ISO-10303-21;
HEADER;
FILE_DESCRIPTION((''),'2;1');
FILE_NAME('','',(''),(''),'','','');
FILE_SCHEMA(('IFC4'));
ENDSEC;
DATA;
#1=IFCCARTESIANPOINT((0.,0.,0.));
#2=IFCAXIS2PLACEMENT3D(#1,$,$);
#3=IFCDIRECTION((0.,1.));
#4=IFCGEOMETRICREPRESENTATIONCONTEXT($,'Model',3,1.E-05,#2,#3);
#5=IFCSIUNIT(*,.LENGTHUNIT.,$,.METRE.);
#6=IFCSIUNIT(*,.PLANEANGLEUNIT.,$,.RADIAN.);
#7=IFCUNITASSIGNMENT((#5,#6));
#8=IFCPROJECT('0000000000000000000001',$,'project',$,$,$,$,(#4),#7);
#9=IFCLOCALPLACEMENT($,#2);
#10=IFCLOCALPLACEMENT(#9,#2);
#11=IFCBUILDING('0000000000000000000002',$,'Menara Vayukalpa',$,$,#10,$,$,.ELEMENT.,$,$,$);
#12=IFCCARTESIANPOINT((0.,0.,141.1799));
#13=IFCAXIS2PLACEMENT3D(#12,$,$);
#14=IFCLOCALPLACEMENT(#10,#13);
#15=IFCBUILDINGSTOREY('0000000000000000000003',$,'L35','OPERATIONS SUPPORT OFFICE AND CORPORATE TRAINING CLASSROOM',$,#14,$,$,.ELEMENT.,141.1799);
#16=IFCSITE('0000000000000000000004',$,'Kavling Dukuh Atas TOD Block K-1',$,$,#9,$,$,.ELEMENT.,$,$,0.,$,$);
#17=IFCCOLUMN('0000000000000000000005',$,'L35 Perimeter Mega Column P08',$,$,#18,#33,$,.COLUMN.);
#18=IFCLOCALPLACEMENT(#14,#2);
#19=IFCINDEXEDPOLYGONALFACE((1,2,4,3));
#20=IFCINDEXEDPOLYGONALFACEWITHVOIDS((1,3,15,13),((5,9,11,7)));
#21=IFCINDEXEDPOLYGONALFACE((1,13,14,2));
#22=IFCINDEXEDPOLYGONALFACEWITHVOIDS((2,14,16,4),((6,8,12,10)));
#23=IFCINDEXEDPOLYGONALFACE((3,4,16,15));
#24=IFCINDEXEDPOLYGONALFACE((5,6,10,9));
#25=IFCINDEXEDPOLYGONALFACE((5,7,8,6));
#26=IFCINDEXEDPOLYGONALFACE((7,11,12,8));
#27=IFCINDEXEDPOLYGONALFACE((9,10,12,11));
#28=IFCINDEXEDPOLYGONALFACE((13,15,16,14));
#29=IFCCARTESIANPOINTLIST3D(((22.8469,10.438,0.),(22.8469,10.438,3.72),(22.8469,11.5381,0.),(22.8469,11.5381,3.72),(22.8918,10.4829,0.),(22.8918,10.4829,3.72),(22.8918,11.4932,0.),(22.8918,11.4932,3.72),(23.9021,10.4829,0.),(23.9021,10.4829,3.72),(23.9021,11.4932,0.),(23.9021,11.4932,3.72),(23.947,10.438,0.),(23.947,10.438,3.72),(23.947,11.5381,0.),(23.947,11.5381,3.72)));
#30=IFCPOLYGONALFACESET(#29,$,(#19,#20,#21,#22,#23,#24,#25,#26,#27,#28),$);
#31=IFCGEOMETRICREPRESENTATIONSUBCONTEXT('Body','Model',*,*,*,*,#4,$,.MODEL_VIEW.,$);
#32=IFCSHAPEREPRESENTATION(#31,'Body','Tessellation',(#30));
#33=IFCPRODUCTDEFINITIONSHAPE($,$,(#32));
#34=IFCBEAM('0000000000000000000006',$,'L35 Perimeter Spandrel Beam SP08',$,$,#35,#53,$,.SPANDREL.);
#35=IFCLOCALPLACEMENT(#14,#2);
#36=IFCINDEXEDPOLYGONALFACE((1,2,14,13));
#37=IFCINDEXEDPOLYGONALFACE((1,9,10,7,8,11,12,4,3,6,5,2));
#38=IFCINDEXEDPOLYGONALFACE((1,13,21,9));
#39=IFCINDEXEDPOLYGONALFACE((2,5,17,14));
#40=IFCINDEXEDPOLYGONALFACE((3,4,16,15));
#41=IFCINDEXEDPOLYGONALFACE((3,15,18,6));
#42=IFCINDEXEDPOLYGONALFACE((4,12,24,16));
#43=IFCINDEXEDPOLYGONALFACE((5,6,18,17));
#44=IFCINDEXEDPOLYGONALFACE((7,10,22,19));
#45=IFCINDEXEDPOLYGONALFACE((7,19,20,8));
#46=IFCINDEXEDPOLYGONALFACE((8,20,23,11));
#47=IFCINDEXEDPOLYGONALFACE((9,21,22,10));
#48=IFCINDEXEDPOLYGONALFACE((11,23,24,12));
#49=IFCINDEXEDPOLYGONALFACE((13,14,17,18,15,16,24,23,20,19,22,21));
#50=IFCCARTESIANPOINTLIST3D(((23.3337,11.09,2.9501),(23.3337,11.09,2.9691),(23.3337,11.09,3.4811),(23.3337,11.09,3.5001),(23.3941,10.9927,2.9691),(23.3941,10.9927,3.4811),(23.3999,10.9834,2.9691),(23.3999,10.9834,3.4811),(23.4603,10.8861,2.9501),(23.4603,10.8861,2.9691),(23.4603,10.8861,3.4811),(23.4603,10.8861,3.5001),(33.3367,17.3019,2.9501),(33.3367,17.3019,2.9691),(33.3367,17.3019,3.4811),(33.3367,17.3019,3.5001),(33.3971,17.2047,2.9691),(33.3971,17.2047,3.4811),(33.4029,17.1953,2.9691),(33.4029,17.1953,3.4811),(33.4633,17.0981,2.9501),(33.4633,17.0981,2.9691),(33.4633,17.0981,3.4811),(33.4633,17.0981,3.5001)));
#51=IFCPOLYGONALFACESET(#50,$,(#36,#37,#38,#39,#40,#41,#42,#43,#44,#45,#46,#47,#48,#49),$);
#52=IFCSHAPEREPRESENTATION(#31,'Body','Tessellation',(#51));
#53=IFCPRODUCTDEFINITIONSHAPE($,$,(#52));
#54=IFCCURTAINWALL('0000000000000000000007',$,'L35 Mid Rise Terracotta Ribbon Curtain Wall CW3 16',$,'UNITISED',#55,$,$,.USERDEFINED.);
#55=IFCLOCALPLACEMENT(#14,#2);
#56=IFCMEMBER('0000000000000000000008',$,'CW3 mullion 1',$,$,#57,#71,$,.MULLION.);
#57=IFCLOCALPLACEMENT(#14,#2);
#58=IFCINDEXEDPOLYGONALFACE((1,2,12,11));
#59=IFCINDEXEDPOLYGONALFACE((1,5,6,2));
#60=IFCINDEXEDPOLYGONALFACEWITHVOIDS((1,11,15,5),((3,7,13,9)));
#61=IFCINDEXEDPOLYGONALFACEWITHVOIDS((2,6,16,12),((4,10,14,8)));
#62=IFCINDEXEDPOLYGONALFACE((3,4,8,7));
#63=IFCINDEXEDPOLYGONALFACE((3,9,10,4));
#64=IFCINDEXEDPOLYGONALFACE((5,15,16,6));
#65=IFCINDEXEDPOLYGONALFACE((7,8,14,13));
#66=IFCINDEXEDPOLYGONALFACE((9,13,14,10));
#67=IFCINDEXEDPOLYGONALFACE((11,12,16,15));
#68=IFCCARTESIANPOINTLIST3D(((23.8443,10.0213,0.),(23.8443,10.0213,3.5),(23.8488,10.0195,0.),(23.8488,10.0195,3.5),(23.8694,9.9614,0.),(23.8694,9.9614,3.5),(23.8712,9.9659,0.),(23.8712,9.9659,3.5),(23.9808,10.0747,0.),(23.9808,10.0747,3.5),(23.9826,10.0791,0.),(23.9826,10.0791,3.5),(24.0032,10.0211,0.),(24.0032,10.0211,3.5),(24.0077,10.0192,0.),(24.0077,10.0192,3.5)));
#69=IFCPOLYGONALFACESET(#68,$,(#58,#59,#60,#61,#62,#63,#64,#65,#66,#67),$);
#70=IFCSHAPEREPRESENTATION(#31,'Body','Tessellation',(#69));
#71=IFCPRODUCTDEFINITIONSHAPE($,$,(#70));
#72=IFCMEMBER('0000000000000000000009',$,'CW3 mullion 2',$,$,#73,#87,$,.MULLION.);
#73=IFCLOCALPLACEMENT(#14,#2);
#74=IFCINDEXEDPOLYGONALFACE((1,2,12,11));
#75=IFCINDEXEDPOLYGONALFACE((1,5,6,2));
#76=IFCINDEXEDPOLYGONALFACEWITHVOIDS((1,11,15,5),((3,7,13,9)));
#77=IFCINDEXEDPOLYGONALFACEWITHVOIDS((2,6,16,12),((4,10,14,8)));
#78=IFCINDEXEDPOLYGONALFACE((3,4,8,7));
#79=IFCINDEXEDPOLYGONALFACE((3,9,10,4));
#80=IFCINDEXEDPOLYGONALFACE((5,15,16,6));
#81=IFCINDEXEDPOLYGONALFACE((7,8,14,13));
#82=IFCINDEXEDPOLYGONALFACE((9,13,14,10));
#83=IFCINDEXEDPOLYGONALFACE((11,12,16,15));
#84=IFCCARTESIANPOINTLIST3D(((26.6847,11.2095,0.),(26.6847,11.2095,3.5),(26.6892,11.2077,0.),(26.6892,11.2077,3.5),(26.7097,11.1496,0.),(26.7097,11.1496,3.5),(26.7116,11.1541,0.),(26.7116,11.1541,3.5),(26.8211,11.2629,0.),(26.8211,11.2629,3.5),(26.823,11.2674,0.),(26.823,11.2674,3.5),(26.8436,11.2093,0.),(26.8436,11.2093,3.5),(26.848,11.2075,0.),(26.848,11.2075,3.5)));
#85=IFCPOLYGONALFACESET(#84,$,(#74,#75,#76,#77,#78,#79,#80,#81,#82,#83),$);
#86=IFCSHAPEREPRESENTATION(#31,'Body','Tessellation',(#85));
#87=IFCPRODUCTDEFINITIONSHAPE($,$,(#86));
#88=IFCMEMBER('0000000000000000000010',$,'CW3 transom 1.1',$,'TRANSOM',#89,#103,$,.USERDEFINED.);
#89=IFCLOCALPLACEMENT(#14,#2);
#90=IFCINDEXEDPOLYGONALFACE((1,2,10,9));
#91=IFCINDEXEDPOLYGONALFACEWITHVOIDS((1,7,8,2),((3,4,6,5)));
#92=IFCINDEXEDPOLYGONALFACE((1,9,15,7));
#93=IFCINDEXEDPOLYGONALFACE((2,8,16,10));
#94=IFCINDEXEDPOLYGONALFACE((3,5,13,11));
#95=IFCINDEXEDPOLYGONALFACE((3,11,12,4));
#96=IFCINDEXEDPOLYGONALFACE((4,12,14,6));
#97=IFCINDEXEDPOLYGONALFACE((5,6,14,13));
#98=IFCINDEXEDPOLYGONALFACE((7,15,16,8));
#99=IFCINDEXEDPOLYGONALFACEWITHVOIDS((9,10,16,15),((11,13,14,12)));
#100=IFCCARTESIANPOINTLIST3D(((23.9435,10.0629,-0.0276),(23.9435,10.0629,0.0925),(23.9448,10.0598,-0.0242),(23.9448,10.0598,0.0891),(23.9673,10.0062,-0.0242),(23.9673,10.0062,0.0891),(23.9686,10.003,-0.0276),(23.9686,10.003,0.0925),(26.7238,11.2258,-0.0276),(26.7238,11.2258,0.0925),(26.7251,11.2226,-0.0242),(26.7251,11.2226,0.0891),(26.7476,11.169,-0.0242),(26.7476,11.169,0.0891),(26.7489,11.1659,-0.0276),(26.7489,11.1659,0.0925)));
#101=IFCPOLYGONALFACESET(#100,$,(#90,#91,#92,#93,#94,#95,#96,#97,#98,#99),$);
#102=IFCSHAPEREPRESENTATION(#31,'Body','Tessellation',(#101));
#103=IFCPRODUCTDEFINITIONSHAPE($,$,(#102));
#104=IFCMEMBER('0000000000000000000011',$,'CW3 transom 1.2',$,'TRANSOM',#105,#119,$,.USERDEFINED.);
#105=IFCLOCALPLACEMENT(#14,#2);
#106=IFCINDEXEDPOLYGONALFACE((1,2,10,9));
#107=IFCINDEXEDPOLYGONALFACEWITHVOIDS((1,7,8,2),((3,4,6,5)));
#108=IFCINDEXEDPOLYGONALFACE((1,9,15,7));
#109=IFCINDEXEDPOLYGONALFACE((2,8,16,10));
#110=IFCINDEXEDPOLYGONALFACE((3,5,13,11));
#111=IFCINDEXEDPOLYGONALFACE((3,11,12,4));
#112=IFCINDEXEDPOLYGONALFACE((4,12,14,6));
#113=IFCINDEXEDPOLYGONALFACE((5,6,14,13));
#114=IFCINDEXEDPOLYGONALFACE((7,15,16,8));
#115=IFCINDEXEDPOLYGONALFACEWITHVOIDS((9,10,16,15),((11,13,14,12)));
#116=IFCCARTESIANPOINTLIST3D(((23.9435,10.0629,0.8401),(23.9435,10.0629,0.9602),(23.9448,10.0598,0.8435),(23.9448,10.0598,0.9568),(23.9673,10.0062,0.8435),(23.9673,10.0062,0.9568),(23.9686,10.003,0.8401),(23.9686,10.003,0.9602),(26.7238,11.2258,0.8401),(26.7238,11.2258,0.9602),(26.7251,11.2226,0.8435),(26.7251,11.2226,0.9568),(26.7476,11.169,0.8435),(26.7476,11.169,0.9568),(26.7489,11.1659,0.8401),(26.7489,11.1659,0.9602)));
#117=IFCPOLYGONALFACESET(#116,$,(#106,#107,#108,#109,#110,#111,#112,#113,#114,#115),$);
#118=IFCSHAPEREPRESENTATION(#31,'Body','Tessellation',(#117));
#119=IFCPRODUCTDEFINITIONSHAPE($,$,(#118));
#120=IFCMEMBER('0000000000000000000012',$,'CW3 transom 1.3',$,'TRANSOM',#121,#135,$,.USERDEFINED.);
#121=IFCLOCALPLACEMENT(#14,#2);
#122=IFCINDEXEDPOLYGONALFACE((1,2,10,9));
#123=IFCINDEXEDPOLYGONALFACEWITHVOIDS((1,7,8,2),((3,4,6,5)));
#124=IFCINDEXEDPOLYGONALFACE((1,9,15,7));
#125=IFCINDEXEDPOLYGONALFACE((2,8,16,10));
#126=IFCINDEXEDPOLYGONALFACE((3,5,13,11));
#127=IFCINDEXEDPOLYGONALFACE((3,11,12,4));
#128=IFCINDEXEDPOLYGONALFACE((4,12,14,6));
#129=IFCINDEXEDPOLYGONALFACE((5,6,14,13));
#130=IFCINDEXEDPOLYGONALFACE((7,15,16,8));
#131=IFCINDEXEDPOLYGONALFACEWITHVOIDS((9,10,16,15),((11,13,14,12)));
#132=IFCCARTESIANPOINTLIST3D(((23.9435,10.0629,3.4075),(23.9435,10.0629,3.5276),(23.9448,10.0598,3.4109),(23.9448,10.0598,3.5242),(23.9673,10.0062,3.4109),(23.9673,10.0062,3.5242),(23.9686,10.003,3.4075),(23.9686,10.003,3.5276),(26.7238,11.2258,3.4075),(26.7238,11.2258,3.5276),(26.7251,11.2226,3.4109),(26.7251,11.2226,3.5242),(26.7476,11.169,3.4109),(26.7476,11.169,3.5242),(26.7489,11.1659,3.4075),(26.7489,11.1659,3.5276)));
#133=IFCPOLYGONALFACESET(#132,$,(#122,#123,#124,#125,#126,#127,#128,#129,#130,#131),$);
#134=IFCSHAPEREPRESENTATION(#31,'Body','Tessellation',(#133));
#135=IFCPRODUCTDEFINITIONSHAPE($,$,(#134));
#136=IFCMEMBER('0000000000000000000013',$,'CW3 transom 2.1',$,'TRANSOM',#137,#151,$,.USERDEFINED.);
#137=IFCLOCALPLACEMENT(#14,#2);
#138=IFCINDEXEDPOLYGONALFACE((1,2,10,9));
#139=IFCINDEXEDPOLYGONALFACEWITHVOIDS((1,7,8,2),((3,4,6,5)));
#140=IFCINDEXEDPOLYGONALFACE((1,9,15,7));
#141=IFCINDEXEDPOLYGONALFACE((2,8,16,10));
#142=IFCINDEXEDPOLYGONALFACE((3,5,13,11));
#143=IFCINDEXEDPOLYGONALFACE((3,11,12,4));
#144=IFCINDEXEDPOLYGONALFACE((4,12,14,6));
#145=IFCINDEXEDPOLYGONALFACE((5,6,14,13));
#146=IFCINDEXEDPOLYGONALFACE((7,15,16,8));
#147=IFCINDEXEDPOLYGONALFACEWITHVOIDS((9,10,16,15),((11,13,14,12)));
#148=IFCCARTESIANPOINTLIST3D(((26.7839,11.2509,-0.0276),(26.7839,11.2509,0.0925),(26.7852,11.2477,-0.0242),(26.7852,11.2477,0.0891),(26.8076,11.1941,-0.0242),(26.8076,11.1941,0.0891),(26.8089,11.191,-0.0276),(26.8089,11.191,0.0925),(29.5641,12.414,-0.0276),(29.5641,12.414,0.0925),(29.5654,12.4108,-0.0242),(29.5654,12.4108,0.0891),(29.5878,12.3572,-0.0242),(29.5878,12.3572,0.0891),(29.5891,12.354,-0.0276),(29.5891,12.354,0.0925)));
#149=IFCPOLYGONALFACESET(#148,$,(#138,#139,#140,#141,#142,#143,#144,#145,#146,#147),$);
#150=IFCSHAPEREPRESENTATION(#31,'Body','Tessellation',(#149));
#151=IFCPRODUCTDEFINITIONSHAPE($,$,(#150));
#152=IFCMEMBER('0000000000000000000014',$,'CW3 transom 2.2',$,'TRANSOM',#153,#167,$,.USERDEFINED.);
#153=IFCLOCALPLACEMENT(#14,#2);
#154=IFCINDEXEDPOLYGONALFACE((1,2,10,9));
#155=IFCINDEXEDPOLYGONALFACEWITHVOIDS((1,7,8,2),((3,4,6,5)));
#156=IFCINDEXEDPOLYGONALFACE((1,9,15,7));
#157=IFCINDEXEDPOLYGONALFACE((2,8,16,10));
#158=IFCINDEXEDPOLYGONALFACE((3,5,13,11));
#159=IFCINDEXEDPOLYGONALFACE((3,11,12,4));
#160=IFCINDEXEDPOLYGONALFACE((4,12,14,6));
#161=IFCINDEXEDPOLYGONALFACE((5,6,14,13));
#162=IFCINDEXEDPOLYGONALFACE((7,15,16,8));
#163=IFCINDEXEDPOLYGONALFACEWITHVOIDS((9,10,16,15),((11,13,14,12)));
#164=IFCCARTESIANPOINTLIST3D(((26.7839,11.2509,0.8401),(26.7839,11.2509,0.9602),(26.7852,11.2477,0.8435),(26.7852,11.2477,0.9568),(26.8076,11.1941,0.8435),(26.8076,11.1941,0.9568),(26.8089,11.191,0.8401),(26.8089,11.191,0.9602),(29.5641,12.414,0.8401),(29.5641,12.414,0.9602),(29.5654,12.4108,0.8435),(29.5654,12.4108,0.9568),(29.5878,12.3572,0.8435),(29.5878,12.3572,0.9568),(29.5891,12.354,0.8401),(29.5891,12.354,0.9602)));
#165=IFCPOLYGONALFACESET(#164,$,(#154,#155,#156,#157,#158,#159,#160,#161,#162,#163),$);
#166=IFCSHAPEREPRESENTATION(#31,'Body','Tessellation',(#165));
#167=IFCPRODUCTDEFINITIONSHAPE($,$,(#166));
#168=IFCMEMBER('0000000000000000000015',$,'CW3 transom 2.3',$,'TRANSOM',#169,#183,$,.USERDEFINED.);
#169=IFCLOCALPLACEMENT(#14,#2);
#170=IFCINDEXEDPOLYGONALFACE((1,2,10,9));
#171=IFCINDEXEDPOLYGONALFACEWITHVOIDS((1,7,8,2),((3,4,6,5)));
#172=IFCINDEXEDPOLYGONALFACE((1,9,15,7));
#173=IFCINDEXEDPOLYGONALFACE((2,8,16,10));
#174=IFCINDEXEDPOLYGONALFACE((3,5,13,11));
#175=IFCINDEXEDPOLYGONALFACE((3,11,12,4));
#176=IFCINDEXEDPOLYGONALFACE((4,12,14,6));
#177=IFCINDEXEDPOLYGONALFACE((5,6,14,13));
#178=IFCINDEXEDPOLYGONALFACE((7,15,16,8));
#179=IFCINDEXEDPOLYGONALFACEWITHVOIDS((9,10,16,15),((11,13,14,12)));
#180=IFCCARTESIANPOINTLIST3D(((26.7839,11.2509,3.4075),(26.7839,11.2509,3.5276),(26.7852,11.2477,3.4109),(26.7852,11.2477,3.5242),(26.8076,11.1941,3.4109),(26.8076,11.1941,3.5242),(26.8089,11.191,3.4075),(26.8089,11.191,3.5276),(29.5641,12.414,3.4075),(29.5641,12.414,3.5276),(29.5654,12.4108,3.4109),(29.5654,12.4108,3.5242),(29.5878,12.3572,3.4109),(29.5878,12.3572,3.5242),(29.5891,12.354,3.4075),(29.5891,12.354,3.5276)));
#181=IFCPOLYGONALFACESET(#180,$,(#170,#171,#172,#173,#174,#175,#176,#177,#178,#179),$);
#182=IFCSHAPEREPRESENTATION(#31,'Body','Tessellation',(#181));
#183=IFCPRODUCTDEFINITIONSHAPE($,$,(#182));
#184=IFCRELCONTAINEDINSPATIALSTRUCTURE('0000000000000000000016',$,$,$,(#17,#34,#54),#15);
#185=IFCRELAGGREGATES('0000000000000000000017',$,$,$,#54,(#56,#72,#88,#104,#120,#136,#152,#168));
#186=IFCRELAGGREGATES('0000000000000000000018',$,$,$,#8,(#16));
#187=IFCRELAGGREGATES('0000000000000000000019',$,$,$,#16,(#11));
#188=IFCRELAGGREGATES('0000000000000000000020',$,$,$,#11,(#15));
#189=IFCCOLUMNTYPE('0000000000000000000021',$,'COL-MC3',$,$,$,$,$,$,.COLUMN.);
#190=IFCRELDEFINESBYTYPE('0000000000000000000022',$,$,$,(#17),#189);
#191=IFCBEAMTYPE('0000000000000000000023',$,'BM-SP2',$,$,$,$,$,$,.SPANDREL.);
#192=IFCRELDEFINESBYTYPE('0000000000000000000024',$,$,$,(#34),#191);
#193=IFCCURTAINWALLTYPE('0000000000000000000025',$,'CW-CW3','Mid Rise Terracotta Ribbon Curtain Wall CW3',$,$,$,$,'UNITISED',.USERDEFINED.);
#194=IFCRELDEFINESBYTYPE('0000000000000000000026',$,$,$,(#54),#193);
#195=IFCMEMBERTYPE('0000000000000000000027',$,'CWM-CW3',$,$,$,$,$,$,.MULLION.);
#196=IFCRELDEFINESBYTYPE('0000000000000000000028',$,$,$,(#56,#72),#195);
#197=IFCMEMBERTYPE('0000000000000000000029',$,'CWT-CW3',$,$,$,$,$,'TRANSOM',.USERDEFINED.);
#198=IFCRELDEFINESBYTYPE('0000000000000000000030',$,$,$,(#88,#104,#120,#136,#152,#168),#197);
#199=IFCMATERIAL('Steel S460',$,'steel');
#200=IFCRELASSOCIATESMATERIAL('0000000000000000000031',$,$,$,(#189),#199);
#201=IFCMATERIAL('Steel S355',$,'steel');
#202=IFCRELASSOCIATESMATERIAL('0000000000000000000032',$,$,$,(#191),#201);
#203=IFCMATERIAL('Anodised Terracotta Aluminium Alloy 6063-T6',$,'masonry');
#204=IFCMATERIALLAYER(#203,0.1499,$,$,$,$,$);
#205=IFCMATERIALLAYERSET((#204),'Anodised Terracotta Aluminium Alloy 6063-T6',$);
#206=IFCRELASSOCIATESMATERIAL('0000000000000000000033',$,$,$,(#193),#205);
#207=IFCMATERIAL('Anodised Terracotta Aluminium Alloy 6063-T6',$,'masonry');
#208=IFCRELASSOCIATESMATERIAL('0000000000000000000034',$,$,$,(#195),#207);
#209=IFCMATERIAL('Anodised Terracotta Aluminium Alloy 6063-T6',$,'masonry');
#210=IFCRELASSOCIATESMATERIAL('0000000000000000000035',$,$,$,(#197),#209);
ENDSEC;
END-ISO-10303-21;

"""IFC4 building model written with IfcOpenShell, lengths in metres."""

from ifc_helpers import new_model, si_unit, direction, frame, origin, origin_2d, place, context, subcontext, project, spatial, hollow_rectangle, i_section, extrude, material, layer, layer_set, material_profile, profile_set, type_object, element, aggregate, save


model = new_model("IFC4")

# Units and contexts
model_context = context("Model", 3, precision=1e-05, world=origin(), true_north=direction((0.0, 1.0)))
body_context = subcontext(model_context, "Body", "Model", "MODEL_VIEW")
ifc_project = project(units=[si_unit("LENGTHUNIT", "METRE"), si_unit("PLANEANGLEUNIT", "RADIAN")], contexts=[model_context])

# Site, building, storey
site_placement = place(None, origin())
site = spatial("IfcSite", under=ifc_project, at=site_placement, Name="Kavling Dukuh Atas TOD Block K-1", CompositionType="ELEMENT", RefElevation=0.0)
building_placement = place(site_placement, origin())
building = spatial("IfcBuilding", under=site, at=building_placement, Name="Menara Vayukalpa", CompositionType="ELEMENT")
storey_placement = place(building_placement, frame((0.0, 0.0, 141.1799)))
storey = spatial("IfcBuildingStorey", under=building, at=storey_placement, Name="L35", Description="OPERATIONS SUPPORT OFFICE AND CORPORATE TRAINING CLASSROOM", CompositionType="ELEMENT", Elevation=141.1799)

# Column
ifc_material_1 = material(Name="Steel S460", Category="steel")
ifc_material_profile_1 = material_profile(ifc_material_1, hollow_rectangle(XDim=1.1001, YDim=1.1001, WallThickness=0.0449, at=origin_2d()), Name="BOX 1100x1100x45")
ifc_profile_set_1 = profile_set([ifc_material_profile_1], Name="Steel S460")
column_type = type_object("IfcColumnType", Name="COL-MC3", PredefinedType="COLUMN", material=ifc_profile_set_1)
column_placement = place(storey_placement, frame((23.397, 10.988, 0.0), z_axis=(0.0, 0.0, 1.0), x_axis=(1.0, 0.0, 0.0)))
element("IfcColumn", 1, at=column_placement, inside=storey, type_object=column_type, Name="L35 Perimeter Mega Column P08", PredefinedType="COLUMN", context=body_context, shape_type="SweptSolid", body=[
    extrude(hollow_rectangle(XDim=1.1001, YDim=1.1001, WallThickness=0.0449, at=origin_2d()), origin(), (0.0, 0.0, 1.0), 3.72),
])

# Beam
ifc_material_2 = material(Name="Steel S355", Category="steel")
ifc_material_profile_2 = material_profile(ifc_material_2, i_section(OverallWidth=0.24, OverallDepth=0.55, WebThickness=0.011, FlangeThickness=0.019, at=origin_2d()), Name="WF 550x240x11x19")
ifc_profile_set_2 = profile_set([ifc_material_profile_2], Name="Steel S355")
beam_type = type_object("IfcBeamType", Name="BM-SP2", PredefinedType="SPANDREL", material=ifc_profile_set_2)
beam_placement = place(storey_placement, frame((23.397, 10.988, 3.2251), z_axis=(0.849518, 0.527559, 0.0), x_axis=(-0.527559, 0.849518, 0.0)))
element("IfcBeam", 2, at=beam_placement, inside=storey, type_object=beam_type, Name="L35 Perimeter Spandrel Beam SP08", PredefinedType="SPANDREL", context=body_context, shape_type="SweptSolid", body=[
    extrude(i_section(OverallWidth=0.24, OverallDepth=0.55, WebThickness=0.011, FlangeThickness=0.019, at=origin_2d()), origin(), (0.0, 0.0, 1.0), 11.7749),
])

# Curtain wall, members
ifc_material_3 = material(Name="Anodised Terracotta Aluminium Alloy 6063-T6", Category="masonry")
ifc_layer_1 = layer(ifc_material_3, 0.1499)
ifc_layer_set_1 = layer_set([ifc_layer_1], Name="Anodised Terracotta Aluminium Alloy 6063-T6")
curtain_wall_type = type_object("IfcCurtainWallType", Name="CW-CW3", Description="Mid Rise Terracotta Ribbon Curtain Wall CW3", ElementType="UNITISED", PredefinedType="USERDEFINED", material=ifc_layer_set_1)
curtain_wall_placement = place(storey_placement, origin())
curtain_wall = element("IfcCurtainWall", 3, at=curtain_wall_placement, inside=storey, type_object=curtain_wall_type, Name="L35 Mid Rise Terracotta Ribbon Curtain Wall CW3 16", ObjectType="UNITISED", PredefinedType="USERDEFINED")
ifc_material_4 = material(Name="Anodised Terracotta Aluminium Alloy 6063-T6", Category="masonry")
ifc_material_profile_3 = material_profile(ifc_material_4, hollow_rectangle(XDim=0.0649, YDim=0.1499, WallThickness=0.0034, at=origin_2d()), Name="ALU 65x150x3.5")
ifc_profile_set_3 = profile_set([ifc_material_profile_3], Name="Anodised Terracotta Aluminium Alloy 6063-T6")
member_type_1 = type_object("IfcMemberType", Name="CWM-CW3", PredefinedType="MULLION", material=ifc_profile_set_3)
member_1_placement = place(storey_placement, frame((23.926, 10.0203, 0.0), z_axis=(0.0, 0.0, 1.0), x_axis=(-0.385886, 0.922546, 0.0)))
member_1 = element("IfcMember", 4, at=member_1_placement, type_object=member_type_1, Name="CW3 mullion 1", PredefinedType="MULLION", context=body_context, shape_type="SweptSolid", body=[
    extrude(hollow_rectangle(XDim=0.0649, YDim=0.1499, WallThickness=0.0034, at=origin_2d()), origin(), (0.0, 0.0, 1.0), 3.5),
])
member_2_placement = place(storey_placement, frame((26.7664, 11.2085, 0.0), z_axis=(0.0, 0.0, 1.0), x_axis=(-0.385886, 0.922546, 0.0)))
member_2 = element("IfcMember", 5, at=member_2_placement, type_object=member_type_1, Name="CW3 mullion 2", PredefinedType="MULLION", context=body_context, shape_type="SweptSolid", body=[
    extrude(hollow_rectangle(XDim=0.0649, YDim=0.1499, WallThickness=0.0034, at=origin_2d()), origin(), (0.0, 0.0, 1.0), 3.5),
])
ifc_material_5 = material(Name="Anodised Terracotta Aluminium Alloy 6063-T6", Category="masonry")
ifc_material_profile_4 = material_profile(ifc_material_5, hollow_rectangle(XDim=0.0649, YDim=0.1201, WallThickness=0.0034, at=origin_2d()), Name="ALU 65x120x3.5")
ifc_profile_set_4 = profile_set([ifc_material_profile_4], Name="Anodised Terracotta Aluminium Alloy 6063-T6")
member_type_2 = type_object("IfcMemberType", Name="CWT-CW3", ElementType="TRANSOM", PredefinedType="USERDEFINED", material=ifc_profile_set_4)
member_3_placement = place(storey_placement, frame((23.9561, 10.033, 0.0325), z_axis=(0.922558, 0.385858, 0.0), x_axis=(-0.385858, 0.922558, 0.0)))
member_3 = element("IfcMember", 6, at=member_3_placement, type_object=member_type_2, Name="CW3 transom 1.1", ObjectType="TRANSOM", PredefinedType="USERDEFINED", context=body_context, shape_type="SweptSolid", body=[
    extrude(hollow_rectangle(XDim=0.0649, YDim=0.1201, WallThickness=0.0034, at=origin_2d()), origin(), (0.0, 0.0, 1.0), 3.0137),
])
member_4_placement = place(storey_placement, frame((23.9561, 10.033, 0.9001), z_axis=(0.922558, 0.385858, 0.0), x_axis=(-0.385858, 0.922558, 0.0)))
member_4 = element("IfcMember", 7, at=member_4_placement, type_object=member_type_2, Name="CW3 transom 1.2", ObjectType="TRANSOM", PredefinedType="USERDEFINED", context=body_context, shape_type="SweptSolid", body=[
    extrude(hollow_rectangle(XDim=0.0649, YDim=0.1201, WallThickness=0.0034, at=origin_2d()), origin(), (0.0, 0.0, 1.0), 3.0137),
])
member_5_placement = place(storey_placement, frame((23.9561, 10.033, 3.4675), z_axis=(0.922558, 0.385858, 0.0), x_axis=(-0.385858, 0.922558, 0.0)))
member_5 = element("IfcMember", 8, at=member_5_placement, type_object=member_type_2, Name="CW3 transom 1.3", ObjectType="TRANSOM", PredefinedType="USERDEFINED", context=body_context, shape_type="SweptSolid", body=[
    extrude(hollow_rectangle(XDim=0.0649, YDim=0.1201, WallThickness=0.0034, at=origin_2d()), origin(), (0.0, 0.0, 1.0), 3.0137),
])
member_6_placement = place(storey_placement, frame((26.7964, 11.2209, 0.0325), z_axis=(0.92253, 0.385926, 0.0), x_axis=(-0.385926, 0.92253, 0.0)))
member_6 = element("IfcMember", 9, at=member_6_placement, type_object=member_type_2, Name="CW3 transom 2.1", ObjectType="TRANSOM", PredefinedType="USERDEFINED", context=body_context, shape_type="SweptSolid", body=[
    extrude(hollow_rectangle(XDim=0.0649, YDim=0.1201, WallThickness=0.0034, at=origin_2d()), origin(), (0.0, 0.0, 1.0), 3.0137),
])
member_7_placement = place(storey_placement, frame((26.7964, 11.2209, 0.9001), z_axis=(0.92253, 0.385926, 0.0), x_axis=(-0.385926, 0.92253, 0.0)))
member_7 = element("IfcMember", 10, at=member_7_placement, type_object=member_type_2, Name="CW3 transom 2.2", ObjectType="TRANSOM", PredefinedType="USERDEFINED", context=body_context, shape_type="SweptSolid", body=[
    extrude(hollow_rectangle(XDim=0.0649, YDim=0.1201, WallThickness=0.0034, at=origin_2d()), origin(), (0.0, 0.0, 1.0), 3.0137),
])
member_8_placement = place(storey_placement, frame((26.7964, 11.2209, 3.4675), z_axis=(0.92253, 0.385926, 0.0), x_axis=(-0.385926, 0.92253, 0.0)))
member_8 = element("IfcMember", 11, at=member_8_placement, type_object=member_type_2, Name="CW3 transom 2.3", ObjectType="TRANSOM", PredefinedType="USERDEFINED", context=body_context, shape_type="SweptSolid", body=[
    extrude(hollow_rectangle(XDim=0.0649, YDim=0.1201, WallThickness=0.0034, at=origin_2d()), origin(), (0.0, 0.0, 1.0), 3.0137),
])
aggregate(curtain_wall, [member_1, member_2, member_3, member_4, member_5, member_6, member_7, member_8])

save(model, "model.ifc")
